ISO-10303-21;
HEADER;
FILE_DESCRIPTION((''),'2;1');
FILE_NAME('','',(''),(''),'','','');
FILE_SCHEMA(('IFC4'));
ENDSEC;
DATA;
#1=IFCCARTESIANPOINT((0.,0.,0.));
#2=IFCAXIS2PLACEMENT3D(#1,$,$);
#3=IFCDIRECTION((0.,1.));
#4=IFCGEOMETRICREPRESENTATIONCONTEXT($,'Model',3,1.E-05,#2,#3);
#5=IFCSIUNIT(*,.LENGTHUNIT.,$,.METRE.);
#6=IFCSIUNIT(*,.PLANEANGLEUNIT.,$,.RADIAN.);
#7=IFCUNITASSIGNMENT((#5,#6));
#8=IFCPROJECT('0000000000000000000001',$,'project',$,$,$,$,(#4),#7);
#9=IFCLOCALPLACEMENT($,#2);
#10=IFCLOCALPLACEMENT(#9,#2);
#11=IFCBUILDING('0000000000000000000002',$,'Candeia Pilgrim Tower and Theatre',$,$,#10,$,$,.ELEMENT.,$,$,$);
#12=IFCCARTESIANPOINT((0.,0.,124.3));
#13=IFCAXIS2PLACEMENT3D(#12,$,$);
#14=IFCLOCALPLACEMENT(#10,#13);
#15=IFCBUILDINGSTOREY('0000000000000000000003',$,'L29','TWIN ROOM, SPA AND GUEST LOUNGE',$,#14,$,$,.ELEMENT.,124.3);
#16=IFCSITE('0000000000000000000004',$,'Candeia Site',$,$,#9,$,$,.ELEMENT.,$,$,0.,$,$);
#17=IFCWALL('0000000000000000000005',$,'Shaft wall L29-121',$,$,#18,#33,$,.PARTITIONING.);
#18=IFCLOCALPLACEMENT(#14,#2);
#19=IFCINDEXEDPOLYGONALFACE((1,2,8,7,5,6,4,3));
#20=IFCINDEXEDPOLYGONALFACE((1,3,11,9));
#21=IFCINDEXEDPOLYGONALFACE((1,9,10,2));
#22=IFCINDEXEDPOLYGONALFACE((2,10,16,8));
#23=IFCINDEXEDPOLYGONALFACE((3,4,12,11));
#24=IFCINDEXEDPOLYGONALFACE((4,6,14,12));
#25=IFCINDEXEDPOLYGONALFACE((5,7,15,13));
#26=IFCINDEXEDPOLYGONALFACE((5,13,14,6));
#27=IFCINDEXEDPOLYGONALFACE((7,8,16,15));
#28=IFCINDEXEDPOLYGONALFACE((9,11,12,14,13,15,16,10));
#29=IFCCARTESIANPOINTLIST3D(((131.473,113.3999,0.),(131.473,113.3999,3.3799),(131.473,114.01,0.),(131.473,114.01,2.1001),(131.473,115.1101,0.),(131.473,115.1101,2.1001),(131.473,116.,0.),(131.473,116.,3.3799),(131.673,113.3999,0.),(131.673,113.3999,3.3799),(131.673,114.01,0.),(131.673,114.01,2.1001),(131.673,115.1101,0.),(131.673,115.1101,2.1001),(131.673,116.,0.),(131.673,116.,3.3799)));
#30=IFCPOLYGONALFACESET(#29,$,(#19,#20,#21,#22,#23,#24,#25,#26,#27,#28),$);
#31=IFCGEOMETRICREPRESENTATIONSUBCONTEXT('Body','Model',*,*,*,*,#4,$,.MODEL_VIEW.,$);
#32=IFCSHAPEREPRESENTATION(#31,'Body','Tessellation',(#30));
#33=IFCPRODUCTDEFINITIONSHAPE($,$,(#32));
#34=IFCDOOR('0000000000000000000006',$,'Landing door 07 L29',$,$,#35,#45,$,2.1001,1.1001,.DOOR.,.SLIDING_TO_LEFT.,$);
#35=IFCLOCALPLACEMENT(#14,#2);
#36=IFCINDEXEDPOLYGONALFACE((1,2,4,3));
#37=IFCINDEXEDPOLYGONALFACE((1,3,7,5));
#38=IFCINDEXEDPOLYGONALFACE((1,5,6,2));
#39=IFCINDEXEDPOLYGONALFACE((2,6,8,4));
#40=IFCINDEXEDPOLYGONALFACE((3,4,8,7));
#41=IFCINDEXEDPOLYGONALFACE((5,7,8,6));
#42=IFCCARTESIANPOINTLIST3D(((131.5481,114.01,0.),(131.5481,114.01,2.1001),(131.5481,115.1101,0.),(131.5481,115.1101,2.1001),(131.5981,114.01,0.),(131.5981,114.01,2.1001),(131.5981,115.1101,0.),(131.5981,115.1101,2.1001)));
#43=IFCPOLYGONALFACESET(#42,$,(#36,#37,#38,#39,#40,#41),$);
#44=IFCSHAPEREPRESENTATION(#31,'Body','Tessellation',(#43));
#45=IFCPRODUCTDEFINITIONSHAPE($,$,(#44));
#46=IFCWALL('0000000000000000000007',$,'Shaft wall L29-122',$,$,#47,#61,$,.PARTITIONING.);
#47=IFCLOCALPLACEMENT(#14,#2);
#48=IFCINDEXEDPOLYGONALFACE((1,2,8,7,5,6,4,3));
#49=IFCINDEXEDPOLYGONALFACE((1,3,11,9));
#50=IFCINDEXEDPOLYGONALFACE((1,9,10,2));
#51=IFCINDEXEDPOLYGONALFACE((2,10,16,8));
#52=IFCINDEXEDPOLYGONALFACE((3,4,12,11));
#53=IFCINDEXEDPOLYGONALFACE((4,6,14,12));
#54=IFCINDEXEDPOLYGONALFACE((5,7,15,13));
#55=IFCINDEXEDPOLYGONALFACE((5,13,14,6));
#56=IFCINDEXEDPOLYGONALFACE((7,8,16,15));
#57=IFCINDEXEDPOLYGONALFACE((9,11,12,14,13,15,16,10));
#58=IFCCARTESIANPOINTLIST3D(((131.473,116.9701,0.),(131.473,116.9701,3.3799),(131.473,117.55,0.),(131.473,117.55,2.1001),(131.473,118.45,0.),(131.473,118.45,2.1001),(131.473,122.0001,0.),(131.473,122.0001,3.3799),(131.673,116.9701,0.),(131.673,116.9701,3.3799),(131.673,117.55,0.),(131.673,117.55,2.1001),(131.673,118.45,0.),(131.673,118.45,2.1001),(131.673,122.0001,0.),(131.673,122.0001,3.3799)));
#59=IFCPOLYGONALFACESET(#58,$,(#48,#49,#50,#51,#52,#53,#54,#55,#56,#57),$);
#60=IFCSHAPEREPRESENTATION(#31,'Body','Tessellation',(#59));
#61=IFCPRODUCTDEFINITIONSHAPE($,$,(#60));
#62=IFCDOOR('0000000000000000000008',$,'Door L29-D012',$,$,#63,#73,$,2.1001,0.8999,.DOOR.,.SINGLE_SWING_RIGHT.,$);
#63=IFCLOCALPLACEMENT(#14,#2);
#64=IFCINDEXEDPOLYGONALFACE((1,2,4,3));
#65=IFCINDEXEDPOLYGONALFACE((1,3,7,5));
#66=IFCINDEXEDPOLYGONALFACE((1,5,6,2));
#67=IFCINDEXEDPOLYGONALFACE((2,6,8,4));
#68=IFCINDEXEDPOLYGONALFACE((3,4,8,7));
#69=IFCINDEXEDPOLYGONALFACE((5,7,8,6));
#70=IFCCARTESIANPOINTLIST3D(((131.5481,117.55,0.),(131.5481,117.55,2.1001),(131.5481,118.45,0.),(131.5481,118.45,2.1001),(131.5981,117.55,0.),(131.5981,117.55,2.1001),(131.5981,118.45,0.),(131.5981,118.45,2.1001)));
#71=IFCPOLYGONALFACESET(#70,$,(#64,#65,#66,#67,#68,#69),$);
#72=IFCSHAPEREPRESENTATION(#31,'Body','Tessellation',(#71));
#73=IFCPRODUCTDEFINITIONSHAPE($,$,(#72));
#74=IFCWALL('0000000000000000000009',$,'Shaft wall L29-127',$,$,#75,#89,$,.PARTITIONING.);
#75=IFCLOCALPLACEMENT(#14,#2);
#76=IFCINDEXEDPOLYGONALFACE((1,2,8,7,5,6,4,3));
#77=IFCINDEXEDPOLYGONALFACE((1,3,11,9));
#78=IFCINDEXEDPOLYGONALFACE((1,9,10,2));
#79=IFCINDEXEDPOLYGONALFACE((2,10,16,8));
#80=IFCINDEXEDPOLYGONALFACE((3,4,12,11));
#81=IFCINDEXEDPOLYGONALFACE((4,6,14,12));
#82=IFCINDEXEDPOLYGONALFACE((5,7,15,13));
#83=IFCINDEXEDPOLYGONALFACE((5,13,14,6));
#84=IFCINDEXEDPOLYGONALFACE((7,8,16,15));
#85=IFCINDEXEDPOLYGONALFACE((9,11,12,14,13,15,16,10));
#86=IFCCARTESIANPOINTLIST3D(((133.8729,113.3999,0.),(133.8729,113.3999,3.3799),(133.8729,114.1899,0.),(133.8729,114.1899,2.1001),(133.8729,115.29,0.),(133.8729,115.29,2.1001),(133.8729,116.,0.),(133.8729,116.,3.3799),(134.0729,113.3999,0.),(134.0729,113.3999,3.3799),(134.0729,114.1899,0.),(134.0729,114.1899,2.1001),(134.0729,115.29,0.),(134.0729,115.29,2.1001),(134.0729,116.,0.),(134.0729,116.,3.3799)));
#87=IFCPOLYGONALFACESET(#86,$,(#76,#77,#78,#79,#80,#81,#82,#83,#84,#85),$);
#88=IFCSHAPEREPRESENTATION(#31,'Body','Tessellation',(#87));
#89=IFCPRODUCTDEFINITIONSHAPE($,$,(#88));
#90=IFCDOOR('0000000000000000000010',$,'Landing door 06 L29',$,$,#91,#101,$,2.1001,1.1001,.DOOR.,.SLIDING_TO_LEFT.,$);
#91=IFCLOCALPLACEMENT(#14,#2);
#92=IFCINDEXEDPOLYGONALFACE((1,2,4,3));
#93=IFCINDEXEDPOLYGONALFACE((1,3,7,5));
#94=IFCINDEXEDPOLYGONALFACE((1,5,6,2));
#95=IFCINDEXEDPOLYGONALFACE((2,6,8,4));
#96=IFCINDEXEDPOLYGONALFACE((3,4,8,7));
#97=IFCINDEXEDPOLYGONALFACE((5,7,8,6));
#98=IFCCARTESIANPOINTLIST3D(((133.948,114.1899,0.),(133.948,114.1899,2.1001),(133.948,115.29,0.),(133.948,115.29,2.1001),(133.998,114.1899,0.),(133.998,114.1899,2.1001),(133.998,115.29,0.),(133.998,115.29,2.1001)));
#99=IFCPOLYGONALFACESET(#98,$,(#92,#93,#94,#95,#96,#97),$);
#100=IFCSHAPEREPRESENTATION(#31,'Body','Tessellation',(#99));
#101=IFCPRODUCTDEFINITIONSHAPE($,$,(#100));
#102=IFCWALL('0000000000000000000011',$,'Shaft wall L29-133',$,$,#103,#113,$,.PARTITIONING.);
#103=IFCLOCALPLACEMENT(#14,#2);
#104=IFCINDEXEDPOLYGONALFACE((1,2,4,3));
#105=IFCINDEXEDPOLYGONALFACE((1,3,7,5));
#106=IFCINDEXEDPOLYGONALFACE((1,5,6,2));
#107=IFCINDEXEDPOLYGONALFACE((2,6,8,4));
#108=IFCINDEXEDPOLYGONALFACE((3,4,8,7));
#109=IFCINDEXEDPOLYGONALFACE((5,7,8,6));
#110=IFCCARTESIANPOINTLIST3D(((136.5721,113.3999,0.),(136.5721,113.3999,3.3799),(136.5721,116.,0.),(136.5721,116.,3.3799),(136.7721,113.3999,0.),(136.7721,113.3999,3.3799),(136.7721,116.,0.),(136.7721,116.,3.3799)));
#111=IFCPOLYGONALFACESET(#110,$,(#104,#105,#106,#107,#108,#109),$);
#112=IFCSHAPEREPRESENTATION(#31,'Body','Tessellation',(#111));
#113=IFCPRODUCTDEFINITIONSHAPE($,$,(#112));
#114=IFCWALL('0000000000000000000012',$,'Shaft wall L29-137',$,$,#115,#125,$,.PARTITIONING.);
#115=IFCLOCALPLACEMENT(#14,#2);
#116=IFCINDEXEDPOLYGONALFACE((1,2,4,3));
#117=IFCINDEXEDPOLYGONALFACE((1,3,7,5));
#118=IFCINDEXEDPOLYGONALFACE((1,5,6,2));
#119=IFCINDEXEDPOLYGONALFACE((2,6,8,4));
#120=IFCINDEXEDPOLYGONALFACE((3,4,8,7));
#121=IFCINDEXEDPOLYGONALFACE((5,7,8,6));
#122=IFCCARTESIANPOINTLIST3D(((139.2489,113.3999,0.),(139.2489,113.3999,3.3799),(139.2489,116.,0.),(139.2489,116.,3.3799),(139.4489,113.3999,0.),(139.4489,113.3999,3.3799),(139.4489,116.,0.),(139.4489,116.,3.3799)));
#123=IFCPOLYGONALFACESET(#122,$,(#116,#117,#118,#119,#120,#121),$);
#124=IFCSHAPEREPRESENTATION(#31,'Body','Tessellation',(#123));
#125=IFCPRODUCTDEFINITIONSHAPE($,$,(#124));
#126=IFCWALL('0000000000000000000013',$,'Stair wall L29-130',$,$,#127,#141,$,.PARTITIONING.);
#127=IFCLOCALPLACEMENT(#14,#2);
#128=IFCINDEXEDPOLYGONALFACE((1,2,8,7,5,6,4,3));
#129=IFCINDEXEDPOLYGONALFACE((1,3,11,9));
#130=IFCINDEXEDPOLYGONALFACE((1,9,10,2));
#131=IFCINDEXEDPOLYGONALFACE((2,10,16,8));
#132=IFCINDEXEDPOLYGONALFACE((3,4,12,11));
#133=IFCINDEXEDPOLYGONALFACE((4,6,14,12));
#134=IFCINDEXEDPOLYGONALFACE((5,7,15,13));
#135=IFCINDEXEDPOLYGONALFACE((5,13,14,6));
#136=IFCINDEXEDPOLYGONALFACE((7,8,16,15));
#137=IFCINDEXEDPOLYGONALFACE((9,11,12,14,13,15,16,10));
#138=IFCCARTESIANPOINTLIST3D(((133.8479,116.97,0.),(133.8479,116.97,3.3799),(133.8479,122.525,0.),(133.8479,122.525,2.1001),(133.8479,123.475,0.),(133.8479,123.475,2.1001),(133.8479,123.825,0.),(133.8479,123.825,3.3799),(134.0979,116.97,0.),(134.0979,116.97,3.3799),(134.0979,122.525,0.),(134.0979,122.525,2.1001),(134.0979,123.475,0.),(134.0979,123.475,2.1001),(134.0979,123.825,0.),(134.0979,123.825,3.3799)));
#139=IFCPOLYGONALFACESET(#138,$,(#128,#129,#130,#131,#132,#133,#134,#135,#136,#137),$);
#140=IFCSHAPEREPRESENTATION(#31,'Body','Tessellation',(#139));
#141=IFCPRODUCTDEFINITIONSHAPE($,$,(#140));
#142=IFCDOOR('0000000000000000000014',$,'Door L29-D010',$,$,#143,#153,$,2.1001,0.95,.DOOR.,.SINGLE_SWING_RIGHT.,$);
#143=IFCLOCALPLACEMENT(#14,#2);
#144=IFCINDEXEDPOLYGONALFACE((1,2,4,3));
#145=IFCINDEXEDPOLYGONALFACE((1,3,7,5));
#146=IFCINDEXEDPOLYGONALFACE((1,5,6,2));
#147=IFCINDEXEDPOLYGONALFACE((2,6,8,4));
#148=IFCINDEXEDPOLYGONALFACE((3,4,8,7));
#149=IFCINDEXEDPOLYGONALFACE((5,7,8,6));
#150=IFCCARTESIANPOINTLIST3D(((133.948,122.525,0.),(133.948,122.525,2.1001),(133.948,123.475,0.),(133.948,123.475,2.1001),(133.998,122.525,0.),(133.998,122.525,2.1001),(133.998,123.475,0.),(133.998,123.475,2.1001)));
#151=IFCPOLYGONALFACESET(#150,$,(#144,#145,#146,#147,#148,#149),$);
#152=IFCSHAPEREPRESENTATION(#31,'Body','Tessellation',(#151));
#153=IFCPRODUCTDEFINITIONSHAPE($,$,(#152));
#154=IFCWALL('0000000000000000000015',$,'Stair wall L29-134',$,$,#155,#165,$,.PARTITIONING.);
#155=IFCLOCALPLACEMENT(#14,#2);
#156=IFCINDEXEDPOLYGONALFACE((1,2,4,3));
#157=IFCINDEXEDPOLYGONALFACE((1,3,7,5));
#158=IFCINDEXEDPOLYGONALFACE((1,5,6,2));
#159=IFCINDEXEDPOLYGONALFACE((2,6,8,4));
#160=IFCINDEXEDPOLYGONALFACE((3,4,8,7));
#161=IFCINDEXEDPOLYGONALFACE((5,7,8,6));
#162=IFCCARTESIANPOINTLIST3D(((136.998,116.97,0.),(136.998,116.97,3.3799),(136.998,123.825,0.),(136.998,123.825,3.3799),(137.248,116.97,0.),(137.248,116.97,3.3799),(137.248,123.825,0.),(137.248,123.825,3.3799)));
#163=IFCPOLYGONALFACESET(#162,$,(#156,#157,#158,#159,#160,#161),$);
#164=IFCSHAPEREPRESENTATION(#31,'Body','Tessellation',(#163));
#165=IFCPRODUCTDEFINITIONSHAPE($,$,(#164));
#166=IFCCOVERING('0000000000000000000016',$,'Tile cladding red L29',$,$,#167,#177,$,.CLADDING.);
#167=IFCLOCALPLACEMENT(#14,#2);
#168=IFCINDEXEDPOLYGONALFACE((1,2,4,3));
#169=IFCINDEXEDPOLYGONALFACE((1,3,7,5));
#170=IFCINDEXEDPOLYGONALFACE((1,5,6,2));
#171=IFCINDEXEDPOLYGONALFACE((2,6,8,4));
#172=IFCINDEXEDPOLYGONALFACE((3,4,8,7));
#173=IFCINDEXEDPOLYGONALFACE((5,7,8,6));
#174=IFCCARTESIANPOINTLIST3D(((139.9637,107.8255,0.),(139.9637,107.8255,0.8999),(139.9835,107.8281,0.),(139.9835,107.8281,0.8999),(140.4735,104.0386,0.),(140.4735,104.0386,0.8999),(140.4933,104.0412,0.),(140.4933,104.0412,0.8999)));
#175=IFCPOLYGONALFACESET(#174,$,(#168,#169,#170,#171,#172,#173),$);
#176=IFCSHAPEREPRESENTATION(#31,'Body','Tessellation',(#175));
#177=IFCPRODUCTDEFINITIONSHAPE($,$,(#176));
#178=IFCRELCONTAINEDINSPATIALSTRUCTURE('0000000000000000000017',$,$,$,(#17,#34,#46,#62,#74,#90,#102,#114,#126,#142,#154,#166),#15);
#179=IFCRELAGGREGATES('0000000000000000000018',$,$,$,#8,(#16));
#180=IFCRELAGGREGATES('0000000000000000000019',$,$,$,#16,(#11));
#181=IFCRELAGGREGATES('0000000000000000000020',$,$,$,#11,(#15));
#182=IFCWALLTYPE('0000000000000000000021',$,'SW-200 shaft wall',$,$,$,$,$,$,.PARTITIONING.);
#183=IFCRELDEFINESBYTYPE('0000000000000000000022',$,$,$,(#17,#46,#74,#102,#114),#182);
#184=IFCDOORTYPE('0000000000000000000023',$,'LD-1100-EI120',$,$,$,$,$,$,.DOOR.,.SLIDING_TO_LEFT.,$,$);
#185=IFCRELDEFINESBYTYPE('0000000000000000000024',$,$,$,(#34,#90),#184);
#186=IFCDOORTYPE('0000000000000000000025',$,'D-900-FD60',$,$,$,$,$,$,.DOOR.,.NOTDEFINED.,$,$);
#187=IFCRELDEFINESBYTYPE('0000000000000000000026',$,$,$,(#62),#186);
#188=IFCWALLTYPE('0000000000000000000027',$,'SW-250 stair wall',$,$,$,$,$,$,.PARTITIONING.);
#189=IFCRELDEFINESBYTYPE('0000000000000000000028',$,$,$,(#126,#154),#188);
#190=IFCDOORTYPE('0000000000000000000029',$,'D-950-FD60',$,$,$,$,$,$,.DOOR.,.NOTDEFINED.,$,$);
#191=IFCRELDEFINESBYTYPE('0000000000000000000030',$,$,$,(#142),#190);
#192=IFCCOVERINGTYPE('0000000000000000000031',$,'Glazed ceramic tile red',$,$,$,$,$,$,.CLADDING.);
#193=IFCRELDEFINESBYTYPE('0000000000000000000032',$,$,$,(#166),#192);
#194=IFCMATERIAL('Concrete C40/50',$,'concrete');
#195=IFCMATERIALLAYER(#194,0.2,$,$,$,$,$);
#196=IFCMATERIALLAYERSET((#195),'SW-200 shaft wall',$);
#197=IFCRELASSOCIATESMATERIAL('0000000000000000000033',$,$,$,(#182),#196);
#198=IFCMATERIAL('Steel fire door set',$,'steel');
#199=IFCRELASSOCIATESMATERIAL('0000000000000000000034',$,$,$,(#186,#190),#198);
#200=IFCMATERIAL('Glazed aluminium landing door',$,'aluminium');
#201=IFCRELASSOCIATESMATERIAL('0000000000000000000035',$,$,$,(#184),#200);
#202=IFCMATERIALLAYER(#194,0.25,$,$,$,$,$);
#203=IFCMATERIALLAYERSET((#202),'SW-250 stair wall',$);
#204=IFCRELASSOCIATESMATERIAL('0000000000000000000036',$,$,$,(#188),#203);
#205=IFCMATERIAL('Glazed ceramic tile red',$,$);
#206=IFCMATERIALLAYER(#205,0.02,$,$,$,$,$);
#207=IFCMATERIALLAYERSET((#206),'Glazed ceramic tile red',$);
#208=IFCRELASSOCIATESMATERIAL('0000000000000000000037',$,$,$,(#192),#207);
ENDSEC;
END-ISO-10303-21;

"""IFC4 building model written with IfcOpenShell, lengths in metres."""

from ifc_helpers import new_model, si_unit, direction, frame, frame_2d, origin, origin_2d, place, context, subcontext, project, spatial, rectangle, extrude, material, layer, layer_set, type_object, element, fill, save


model = new_model("IFC4")

# Units and contexts
model_context = context("Model", 3, precision=1e-05, world=origin(), true_north=direction((0.0, 1.0)))
body_context = subcontext(model_context, "Body", "Model", "MODEL_VIEW")
ifc_project = project(units=[si_unit("LENGTHUNIT", "METRE"), si_unit("PLANEANGLEUNIT", "RADIAN")], contexts=[model_context])

# Site, building, storey
site_placement = place(None, origin())
site = spatial("IfcSite", under=ifc_project, at=site_placement, Name="Candeia Site", CompositionType="ELEMENT", RefElevation=0.0)
building_placement = place(site_placement, origin())
building = spatial("IfcBuilding", under=site, at=building_placement, Name="Candeia Pilgrim Tower and Theatre", CompositionType="ELEMENT")
storey_placement = place(building_placement, frame((0.0, 0.0, 124.3)))
storey = spatial("IfcBuildingStorey", under=building, at=storey_placement, Name="L29", Description="TWIN ROOM, SPA AND GUEST LOUNGE", CompositionType="ELEMENT", Elevation=124.3)

# Shared definitions
ifc_material_1 = material(Name="Steel fire door set", Category="steel")

# Walls, openings, doors
ifc_material_2 = material(Name="Concrete C40/50", Category="concrete")
ifc_layer_1 = layer(ifc_material_2, 0.2)
ifc_layer_set_1 = layer_set([ifc_layer_1], Name="SW-200 shaft wall")
wall_type_1 = type_object("IfcWallType", Name="SW-200 shaft wall", PredefinedType="PARTITIONING", material=ifc_layer_set_1)
door_type_1 = type_object("IfcDoorType", Name="D-900-FD60", OperationType="NOTDEFINED", PredefinedType="DOOR", material=ifc_material_1)
wall_1_placement = place(storey_placement, frame((131.573, 113.3999, 0.0), z_axis=(0.0, 0.0, 1.0), x_axis=(0.0, 1.0, 0.0)))
wall_1 = element("IfcWall", 1, at=wall_1_placement, inside=storey, type_object=wall_type_1, Name="Shaft wall L29-121", PredefinedType="PARTITIONING", context=body_context, shape_type="SweptSolid", body=[
    extrude(rectangle(XDim=2.6001, YDim=0.2, at=frame_2d((1.3, 0.0))), origin(), (0.0, 0.0, 1.0), 3.3799),
])
opening_1_placement = place(wall_1_placement, frame((0.6101, 0.0, 0.0)))
opening_1 = element("IfcOpeningElement", 2, at=opening_1_placement, cuts=wall_1, PredefinedType="OPENING", context=body_context, shape_type="SweptSolid", body=[
    extrude(rectangle(XDim=1.1001, YDim=2.1001, at=frame_2d((0.55, 1.05))), frame((0.0, 0.1099, 0.0), z_axis=(0.0, -1.0, 0.0), x_axis=(1.0, 0.0, 0.0)), (0.0, 0.0, 1.0), 0.22),
])
ifc_material_3 = material(Name="Glazed aluminium landing door", Category="aluminium")
door_type_2 = type_object("IfcDoorType", Name="LD-1100-EI120", OperationType="SLIDING_TO_LEFT", PredefinedType="DOOR", material=ifc_material_3)
door_1_placement = place(opening_1_placement, origin())
door_1 = element("IfcDoor", 3, at=door_1_placement, inside=storey, type_object=door_type_2, Name="Landing door 07 L29", OperationType="SLIDING_TO_LEFT", OverallHeight=2.1001, OverallWidth=1.1001, PredefinedType="DOOR", context=body_context, shape_type="SweptSolid", body=[
    extrude(rectangle(XDim=1.1001, YDim=2.1001, at=frame_2d((0.55, 1.05))), frame((0.0, 0.0249, 0.0), z_axis=(0.0, -1.0, 0.0), x_axis=(1.0, 0.0, 0.0)), (0.0, 0.0, 1.0), 0.05),
])
fill(opening_1, door_1)
wall_2_placement = place(storey_placement, frame((131.573, 116.97, 0.0), z_axis=(0.0, 0.0, 1.0), x_axis=(0.0, 1.0, 0.0)))
wall_2 = element("IfcWall", 4, at=wall_2_placement, inside=storey, type_object=wall_type_1, Name="Shaft wall L29-122", PredefinedType="PARTITIONING", context=body_context, shape_type="SweptSolid", body=[
    extrude(rectangle(XDim=5.03, YDim=0.2, at=frame_2d((2.5151, 0.0))), origin(), (0.0, 0.0, 1.0), 3.3799),
])
opening_2_placement = place(wall_2_placement, frame((0.5801, 0.0, 0.0)))
opening_2 = element("IfcOpeningElement", 5, at=opening_2_placement, cuts=wall_2, PredefinedType="OPENING", context=body_context, shape_type="SweptSolid", body=[
    extrude(rectangle(XDim=0.8999, YDim=2.1001, at=frame_2d((0.45, 1.05))), frame((0.0, 0.1099, 0.0), z_axis=(0.0, -1.0, 0.0), x_axis=(1.0, 0.0, 0.0)), (0.0, 0.0, 1.0), 0.22),
])
door_2_placement = place(opening_2_placement, origin())
door_2 = element("IfcDoor", 6, at=door_2_placement, inside=storey, type_object=door_type_1, Name="Door L29-D012", OperationType="SINGLE_SWING_RIGHT", OverallHeight=2.1001, OverallWidth=0.8999, PredefinedType="DOOR", context=body_context, shape_type="SweptSolid", body=[
    extrude(rectangle(XDim=0.8999, YDim=2.1001, at=frame_2d((0.45, 1.05))), frame((0.0, 0.0249, 0.0), z_axis=(0.0, -1.0, 0.0), x_axis=(1.0, 0.0, 0.0)), (0.0, 0.0, 1.0), 0.05),
])
fill(opening_2, door_2)
wall_3_placement = place(storey_placement, frame((133.9729, 113.3999, 0.0), z_axis=(0.0, 0.0, 1.0), x_axis=(0.0, 1.0, 0.0)))
wall_3 = element("IfcWall", 7, at=wall_3_placement, inside=storey, type_object=wall_type_1, Name="Shaft wall L29-127", PredefinedType="PARTITIONING", context=body_context, shape_type="SweptSolid", body=[
    extrude(rectangle(XDim=2.6001, YDim=0.2, at=frame_2d((1.3, 0.0))), origin(), (0.0, 0.0, 1.0), 3.3799),
])
opening_3_placement = place(wall_3_placement, frame((0.79, 0.0, 0.0)))
opening_3 = element("IfcOpeningElement", 8, at=opening_3_placement, cuts=wall_3, PredefinedType="OPENING", context=body_context, shape_type="SweptSolid", body=[
    extrude(rectangle(XDim=1.1001, YDim=2.1001, at=frame_2d((0.55, 1.05))), frame((0.0, 0.1099, 0.0), z_axis=(0.0, -1.0, 0.0), x_axis=(1.0, 0.0, 0.0)), (0.0, 0.0, 1.0), 0.22),
])
door_3_placement = place(opening_3_placement, origin())
door_3 = element("IfcDoor", 9, at=door_3_placement, inside=storey, type_object=door_type_2, Name="Landing door 06 L29", OperationType="SLIDING_TO_LEFT", OverallHeight=2.1001, OverallWidth=1.1001, PredefinedType="DOOR", context=body_context, shape_type="SweptSolid", body=[
    extrude(rectangle(XDim=1.1001, YDim=2.1001, at=frame_2d((0.55, 1.05))), frame((0.0, 0.0249, 0.0), z_axis=(0.0, -1.0, 0.0), x_axis=(1.0, 0.0, 0.0)), (0.0, 0.0, 1.0), 0.05),
])
fill(opening_3, door_3)

# Walls
for number, where, z_axis, x_axis, name in (
    (10, (136.6721, 113.3999, 0.0), (0.0, 0.0, 1.0), (0.0, 1.0, 0.0), "Shaft wall L29-133"),
    (11, (139.3489, 113.3999, 0.0), (0.0, 0.0, 1.0), (0.0, 1.0, 0.0), "Shaft wall L29-137"),
):
    element("IfcWall", number, at=place(storey_placement, frame(where, z_axis=z_axis, x_axis=x_axis)), inside=storey, type_object=wall_type_1, Name=name, PredefinedType="PARTITIONING", context=body_context, shape_type="SweptSolid", body=[
        extrude(rectangle(XDim=2.6001, YDim=0.2, at=frame_2d((1.3, 0.0))), origin(), (0.0, 0.0, 1.0), 3.3799),
    ])

# Wall, opening, door
ifc_layer_2 = layer(ifc_material_2, 0.25)
ifc_layer_set_2 = layer_set([ifc_layer_2], Name="SW-250 stair wall")
wall_type_2 = type_object("IfcWallType", Name="SW-250 stair wall", PredefinedType="PARTITIONING", material=ifc_layer_set_2)
wall_4_placement = place(storey_placement, frame((133.9729, 116.97, 0.0), z_axis=(0.0, 0.0, 1.0), x_axis=(0.0, 1.0, 0.0)))
wall_4 = element("IfcWall", 12, at=wall_4_placement, inside=storey, type_object=wall_type_2, Name="Stair wall L29-130", PredefinedType="PARTITIONING", context=body_context, shape_type="SweptSolid", body=[
    extrude(rectangle(XDim=6.855, YDim=0.25, at=frame_2d((3.4275, 0.0))), origin(), (0.0, 0.0, 1.0), 3.3799),
])
opening_4_placement = place(wall_4_placement, frame((5.5549, 0.0, 0.0)))
opening_4 = element("IfcOpeningElement", 13, at=opening_4_placement, cuts=wall_4, PredefinedType="OPENING", context=body_context, shape_type="SweptSolid", body=[
    extrude(rectangle(XDim=0.95, YDim=2.1001, at=frame_2d((0.4751, 1.05))), frame((0.0, 0.135, 0.0), z_axis=(0.0, -1.0, 0.0), x_axis=(1.0, 0.0, 0.0)), (0.0, 0.0, 1.0), 0.27),
])
door_type_3 = type_object("IfcDoorType", Name="D-950-FD60", OperationType="NOTDEFINED", PredefinedType="DOOR", material=ifc_material_1)
door_4_placement = place(opening_4_placement, origin())
door_4 = element("IfcDoor", 14, at=door_4_placement, inside=storey, type_object=door_type_3, Name="Door L29-D010", OperationType="SINGLE_SWING_RIGHT", OverallHeight=2.1001, OverallWidth=0.95, PredefinedType="DOOR", context=body_context, shape_type="SweptSolid", body=[
    extrude(rectangle(XDim=0.95, YDim=2.1001, at=frame_2d((0.4751, 1.05))), frame((0.0, 0.0249, 0.0), z_axis=(0.0, -1.0, 0.0), x_axis=(1.0, 0.0, 0.0)), (0.0, 0.0, 1.0), 0.05),
])
fill(opening_4, door_4)

# Wall
wall_5_placement = place(storey_placement, frame((137.123, 116.97, 0.0), z_axis=(0.0, 0.0, 1.0), x_axis=(0.0, 1.0, 0.0)))
element("IfcWall", 15, at=wall_5_placement, inside=storey, type_object=wall_type_2, Name="Stair wall L29-134", PredefinedType="PARTITIONING", context=body_context, shape_type="SweptSolid", body=[
    extrude(rectangle(XDim=6.855, YDim=0.25, at=frame_2d((3.4275, 0.0))), origin(), (0.0, 0.0, 1.0), 3.3799),
])

# Covering
ifc_material_4 = material(Name="Glazed ceramic tile red")
ifc_layer_3 = layer(ifc_material_4, 0.02)
ifc_layer_set_3 = layer_set([ifc_layer_3], Name="Glazed ceramic tile red")
covering_type = type_object("IfcCoveringType", Name="Glazed ceramic tile red", PredefinedType="CLADDING", material=ifc_layer_set_3)
covering_1_placement = place(storey_placement, frame((140.2285, 105.9333, 0.0), z_axis=(0.0, 0.0, 1.0), x_axis=(-0.133412, 0.991061, 0.0)))
element("IfcCovering", 16, at=covering_1_placement, inside=storey, type_object=covering_type, Name="Tile cladding red L29", PredefinedType="CLADDING", context=body_context, shape_type="SweptSolid", body=[
    extrude(rectangle(XDim=3.821, YDim=0.02, at=origin_2d()), origin(), (0.0, 0.0, 1.0), 0.8999),
])

save(model, "model.ifc")
